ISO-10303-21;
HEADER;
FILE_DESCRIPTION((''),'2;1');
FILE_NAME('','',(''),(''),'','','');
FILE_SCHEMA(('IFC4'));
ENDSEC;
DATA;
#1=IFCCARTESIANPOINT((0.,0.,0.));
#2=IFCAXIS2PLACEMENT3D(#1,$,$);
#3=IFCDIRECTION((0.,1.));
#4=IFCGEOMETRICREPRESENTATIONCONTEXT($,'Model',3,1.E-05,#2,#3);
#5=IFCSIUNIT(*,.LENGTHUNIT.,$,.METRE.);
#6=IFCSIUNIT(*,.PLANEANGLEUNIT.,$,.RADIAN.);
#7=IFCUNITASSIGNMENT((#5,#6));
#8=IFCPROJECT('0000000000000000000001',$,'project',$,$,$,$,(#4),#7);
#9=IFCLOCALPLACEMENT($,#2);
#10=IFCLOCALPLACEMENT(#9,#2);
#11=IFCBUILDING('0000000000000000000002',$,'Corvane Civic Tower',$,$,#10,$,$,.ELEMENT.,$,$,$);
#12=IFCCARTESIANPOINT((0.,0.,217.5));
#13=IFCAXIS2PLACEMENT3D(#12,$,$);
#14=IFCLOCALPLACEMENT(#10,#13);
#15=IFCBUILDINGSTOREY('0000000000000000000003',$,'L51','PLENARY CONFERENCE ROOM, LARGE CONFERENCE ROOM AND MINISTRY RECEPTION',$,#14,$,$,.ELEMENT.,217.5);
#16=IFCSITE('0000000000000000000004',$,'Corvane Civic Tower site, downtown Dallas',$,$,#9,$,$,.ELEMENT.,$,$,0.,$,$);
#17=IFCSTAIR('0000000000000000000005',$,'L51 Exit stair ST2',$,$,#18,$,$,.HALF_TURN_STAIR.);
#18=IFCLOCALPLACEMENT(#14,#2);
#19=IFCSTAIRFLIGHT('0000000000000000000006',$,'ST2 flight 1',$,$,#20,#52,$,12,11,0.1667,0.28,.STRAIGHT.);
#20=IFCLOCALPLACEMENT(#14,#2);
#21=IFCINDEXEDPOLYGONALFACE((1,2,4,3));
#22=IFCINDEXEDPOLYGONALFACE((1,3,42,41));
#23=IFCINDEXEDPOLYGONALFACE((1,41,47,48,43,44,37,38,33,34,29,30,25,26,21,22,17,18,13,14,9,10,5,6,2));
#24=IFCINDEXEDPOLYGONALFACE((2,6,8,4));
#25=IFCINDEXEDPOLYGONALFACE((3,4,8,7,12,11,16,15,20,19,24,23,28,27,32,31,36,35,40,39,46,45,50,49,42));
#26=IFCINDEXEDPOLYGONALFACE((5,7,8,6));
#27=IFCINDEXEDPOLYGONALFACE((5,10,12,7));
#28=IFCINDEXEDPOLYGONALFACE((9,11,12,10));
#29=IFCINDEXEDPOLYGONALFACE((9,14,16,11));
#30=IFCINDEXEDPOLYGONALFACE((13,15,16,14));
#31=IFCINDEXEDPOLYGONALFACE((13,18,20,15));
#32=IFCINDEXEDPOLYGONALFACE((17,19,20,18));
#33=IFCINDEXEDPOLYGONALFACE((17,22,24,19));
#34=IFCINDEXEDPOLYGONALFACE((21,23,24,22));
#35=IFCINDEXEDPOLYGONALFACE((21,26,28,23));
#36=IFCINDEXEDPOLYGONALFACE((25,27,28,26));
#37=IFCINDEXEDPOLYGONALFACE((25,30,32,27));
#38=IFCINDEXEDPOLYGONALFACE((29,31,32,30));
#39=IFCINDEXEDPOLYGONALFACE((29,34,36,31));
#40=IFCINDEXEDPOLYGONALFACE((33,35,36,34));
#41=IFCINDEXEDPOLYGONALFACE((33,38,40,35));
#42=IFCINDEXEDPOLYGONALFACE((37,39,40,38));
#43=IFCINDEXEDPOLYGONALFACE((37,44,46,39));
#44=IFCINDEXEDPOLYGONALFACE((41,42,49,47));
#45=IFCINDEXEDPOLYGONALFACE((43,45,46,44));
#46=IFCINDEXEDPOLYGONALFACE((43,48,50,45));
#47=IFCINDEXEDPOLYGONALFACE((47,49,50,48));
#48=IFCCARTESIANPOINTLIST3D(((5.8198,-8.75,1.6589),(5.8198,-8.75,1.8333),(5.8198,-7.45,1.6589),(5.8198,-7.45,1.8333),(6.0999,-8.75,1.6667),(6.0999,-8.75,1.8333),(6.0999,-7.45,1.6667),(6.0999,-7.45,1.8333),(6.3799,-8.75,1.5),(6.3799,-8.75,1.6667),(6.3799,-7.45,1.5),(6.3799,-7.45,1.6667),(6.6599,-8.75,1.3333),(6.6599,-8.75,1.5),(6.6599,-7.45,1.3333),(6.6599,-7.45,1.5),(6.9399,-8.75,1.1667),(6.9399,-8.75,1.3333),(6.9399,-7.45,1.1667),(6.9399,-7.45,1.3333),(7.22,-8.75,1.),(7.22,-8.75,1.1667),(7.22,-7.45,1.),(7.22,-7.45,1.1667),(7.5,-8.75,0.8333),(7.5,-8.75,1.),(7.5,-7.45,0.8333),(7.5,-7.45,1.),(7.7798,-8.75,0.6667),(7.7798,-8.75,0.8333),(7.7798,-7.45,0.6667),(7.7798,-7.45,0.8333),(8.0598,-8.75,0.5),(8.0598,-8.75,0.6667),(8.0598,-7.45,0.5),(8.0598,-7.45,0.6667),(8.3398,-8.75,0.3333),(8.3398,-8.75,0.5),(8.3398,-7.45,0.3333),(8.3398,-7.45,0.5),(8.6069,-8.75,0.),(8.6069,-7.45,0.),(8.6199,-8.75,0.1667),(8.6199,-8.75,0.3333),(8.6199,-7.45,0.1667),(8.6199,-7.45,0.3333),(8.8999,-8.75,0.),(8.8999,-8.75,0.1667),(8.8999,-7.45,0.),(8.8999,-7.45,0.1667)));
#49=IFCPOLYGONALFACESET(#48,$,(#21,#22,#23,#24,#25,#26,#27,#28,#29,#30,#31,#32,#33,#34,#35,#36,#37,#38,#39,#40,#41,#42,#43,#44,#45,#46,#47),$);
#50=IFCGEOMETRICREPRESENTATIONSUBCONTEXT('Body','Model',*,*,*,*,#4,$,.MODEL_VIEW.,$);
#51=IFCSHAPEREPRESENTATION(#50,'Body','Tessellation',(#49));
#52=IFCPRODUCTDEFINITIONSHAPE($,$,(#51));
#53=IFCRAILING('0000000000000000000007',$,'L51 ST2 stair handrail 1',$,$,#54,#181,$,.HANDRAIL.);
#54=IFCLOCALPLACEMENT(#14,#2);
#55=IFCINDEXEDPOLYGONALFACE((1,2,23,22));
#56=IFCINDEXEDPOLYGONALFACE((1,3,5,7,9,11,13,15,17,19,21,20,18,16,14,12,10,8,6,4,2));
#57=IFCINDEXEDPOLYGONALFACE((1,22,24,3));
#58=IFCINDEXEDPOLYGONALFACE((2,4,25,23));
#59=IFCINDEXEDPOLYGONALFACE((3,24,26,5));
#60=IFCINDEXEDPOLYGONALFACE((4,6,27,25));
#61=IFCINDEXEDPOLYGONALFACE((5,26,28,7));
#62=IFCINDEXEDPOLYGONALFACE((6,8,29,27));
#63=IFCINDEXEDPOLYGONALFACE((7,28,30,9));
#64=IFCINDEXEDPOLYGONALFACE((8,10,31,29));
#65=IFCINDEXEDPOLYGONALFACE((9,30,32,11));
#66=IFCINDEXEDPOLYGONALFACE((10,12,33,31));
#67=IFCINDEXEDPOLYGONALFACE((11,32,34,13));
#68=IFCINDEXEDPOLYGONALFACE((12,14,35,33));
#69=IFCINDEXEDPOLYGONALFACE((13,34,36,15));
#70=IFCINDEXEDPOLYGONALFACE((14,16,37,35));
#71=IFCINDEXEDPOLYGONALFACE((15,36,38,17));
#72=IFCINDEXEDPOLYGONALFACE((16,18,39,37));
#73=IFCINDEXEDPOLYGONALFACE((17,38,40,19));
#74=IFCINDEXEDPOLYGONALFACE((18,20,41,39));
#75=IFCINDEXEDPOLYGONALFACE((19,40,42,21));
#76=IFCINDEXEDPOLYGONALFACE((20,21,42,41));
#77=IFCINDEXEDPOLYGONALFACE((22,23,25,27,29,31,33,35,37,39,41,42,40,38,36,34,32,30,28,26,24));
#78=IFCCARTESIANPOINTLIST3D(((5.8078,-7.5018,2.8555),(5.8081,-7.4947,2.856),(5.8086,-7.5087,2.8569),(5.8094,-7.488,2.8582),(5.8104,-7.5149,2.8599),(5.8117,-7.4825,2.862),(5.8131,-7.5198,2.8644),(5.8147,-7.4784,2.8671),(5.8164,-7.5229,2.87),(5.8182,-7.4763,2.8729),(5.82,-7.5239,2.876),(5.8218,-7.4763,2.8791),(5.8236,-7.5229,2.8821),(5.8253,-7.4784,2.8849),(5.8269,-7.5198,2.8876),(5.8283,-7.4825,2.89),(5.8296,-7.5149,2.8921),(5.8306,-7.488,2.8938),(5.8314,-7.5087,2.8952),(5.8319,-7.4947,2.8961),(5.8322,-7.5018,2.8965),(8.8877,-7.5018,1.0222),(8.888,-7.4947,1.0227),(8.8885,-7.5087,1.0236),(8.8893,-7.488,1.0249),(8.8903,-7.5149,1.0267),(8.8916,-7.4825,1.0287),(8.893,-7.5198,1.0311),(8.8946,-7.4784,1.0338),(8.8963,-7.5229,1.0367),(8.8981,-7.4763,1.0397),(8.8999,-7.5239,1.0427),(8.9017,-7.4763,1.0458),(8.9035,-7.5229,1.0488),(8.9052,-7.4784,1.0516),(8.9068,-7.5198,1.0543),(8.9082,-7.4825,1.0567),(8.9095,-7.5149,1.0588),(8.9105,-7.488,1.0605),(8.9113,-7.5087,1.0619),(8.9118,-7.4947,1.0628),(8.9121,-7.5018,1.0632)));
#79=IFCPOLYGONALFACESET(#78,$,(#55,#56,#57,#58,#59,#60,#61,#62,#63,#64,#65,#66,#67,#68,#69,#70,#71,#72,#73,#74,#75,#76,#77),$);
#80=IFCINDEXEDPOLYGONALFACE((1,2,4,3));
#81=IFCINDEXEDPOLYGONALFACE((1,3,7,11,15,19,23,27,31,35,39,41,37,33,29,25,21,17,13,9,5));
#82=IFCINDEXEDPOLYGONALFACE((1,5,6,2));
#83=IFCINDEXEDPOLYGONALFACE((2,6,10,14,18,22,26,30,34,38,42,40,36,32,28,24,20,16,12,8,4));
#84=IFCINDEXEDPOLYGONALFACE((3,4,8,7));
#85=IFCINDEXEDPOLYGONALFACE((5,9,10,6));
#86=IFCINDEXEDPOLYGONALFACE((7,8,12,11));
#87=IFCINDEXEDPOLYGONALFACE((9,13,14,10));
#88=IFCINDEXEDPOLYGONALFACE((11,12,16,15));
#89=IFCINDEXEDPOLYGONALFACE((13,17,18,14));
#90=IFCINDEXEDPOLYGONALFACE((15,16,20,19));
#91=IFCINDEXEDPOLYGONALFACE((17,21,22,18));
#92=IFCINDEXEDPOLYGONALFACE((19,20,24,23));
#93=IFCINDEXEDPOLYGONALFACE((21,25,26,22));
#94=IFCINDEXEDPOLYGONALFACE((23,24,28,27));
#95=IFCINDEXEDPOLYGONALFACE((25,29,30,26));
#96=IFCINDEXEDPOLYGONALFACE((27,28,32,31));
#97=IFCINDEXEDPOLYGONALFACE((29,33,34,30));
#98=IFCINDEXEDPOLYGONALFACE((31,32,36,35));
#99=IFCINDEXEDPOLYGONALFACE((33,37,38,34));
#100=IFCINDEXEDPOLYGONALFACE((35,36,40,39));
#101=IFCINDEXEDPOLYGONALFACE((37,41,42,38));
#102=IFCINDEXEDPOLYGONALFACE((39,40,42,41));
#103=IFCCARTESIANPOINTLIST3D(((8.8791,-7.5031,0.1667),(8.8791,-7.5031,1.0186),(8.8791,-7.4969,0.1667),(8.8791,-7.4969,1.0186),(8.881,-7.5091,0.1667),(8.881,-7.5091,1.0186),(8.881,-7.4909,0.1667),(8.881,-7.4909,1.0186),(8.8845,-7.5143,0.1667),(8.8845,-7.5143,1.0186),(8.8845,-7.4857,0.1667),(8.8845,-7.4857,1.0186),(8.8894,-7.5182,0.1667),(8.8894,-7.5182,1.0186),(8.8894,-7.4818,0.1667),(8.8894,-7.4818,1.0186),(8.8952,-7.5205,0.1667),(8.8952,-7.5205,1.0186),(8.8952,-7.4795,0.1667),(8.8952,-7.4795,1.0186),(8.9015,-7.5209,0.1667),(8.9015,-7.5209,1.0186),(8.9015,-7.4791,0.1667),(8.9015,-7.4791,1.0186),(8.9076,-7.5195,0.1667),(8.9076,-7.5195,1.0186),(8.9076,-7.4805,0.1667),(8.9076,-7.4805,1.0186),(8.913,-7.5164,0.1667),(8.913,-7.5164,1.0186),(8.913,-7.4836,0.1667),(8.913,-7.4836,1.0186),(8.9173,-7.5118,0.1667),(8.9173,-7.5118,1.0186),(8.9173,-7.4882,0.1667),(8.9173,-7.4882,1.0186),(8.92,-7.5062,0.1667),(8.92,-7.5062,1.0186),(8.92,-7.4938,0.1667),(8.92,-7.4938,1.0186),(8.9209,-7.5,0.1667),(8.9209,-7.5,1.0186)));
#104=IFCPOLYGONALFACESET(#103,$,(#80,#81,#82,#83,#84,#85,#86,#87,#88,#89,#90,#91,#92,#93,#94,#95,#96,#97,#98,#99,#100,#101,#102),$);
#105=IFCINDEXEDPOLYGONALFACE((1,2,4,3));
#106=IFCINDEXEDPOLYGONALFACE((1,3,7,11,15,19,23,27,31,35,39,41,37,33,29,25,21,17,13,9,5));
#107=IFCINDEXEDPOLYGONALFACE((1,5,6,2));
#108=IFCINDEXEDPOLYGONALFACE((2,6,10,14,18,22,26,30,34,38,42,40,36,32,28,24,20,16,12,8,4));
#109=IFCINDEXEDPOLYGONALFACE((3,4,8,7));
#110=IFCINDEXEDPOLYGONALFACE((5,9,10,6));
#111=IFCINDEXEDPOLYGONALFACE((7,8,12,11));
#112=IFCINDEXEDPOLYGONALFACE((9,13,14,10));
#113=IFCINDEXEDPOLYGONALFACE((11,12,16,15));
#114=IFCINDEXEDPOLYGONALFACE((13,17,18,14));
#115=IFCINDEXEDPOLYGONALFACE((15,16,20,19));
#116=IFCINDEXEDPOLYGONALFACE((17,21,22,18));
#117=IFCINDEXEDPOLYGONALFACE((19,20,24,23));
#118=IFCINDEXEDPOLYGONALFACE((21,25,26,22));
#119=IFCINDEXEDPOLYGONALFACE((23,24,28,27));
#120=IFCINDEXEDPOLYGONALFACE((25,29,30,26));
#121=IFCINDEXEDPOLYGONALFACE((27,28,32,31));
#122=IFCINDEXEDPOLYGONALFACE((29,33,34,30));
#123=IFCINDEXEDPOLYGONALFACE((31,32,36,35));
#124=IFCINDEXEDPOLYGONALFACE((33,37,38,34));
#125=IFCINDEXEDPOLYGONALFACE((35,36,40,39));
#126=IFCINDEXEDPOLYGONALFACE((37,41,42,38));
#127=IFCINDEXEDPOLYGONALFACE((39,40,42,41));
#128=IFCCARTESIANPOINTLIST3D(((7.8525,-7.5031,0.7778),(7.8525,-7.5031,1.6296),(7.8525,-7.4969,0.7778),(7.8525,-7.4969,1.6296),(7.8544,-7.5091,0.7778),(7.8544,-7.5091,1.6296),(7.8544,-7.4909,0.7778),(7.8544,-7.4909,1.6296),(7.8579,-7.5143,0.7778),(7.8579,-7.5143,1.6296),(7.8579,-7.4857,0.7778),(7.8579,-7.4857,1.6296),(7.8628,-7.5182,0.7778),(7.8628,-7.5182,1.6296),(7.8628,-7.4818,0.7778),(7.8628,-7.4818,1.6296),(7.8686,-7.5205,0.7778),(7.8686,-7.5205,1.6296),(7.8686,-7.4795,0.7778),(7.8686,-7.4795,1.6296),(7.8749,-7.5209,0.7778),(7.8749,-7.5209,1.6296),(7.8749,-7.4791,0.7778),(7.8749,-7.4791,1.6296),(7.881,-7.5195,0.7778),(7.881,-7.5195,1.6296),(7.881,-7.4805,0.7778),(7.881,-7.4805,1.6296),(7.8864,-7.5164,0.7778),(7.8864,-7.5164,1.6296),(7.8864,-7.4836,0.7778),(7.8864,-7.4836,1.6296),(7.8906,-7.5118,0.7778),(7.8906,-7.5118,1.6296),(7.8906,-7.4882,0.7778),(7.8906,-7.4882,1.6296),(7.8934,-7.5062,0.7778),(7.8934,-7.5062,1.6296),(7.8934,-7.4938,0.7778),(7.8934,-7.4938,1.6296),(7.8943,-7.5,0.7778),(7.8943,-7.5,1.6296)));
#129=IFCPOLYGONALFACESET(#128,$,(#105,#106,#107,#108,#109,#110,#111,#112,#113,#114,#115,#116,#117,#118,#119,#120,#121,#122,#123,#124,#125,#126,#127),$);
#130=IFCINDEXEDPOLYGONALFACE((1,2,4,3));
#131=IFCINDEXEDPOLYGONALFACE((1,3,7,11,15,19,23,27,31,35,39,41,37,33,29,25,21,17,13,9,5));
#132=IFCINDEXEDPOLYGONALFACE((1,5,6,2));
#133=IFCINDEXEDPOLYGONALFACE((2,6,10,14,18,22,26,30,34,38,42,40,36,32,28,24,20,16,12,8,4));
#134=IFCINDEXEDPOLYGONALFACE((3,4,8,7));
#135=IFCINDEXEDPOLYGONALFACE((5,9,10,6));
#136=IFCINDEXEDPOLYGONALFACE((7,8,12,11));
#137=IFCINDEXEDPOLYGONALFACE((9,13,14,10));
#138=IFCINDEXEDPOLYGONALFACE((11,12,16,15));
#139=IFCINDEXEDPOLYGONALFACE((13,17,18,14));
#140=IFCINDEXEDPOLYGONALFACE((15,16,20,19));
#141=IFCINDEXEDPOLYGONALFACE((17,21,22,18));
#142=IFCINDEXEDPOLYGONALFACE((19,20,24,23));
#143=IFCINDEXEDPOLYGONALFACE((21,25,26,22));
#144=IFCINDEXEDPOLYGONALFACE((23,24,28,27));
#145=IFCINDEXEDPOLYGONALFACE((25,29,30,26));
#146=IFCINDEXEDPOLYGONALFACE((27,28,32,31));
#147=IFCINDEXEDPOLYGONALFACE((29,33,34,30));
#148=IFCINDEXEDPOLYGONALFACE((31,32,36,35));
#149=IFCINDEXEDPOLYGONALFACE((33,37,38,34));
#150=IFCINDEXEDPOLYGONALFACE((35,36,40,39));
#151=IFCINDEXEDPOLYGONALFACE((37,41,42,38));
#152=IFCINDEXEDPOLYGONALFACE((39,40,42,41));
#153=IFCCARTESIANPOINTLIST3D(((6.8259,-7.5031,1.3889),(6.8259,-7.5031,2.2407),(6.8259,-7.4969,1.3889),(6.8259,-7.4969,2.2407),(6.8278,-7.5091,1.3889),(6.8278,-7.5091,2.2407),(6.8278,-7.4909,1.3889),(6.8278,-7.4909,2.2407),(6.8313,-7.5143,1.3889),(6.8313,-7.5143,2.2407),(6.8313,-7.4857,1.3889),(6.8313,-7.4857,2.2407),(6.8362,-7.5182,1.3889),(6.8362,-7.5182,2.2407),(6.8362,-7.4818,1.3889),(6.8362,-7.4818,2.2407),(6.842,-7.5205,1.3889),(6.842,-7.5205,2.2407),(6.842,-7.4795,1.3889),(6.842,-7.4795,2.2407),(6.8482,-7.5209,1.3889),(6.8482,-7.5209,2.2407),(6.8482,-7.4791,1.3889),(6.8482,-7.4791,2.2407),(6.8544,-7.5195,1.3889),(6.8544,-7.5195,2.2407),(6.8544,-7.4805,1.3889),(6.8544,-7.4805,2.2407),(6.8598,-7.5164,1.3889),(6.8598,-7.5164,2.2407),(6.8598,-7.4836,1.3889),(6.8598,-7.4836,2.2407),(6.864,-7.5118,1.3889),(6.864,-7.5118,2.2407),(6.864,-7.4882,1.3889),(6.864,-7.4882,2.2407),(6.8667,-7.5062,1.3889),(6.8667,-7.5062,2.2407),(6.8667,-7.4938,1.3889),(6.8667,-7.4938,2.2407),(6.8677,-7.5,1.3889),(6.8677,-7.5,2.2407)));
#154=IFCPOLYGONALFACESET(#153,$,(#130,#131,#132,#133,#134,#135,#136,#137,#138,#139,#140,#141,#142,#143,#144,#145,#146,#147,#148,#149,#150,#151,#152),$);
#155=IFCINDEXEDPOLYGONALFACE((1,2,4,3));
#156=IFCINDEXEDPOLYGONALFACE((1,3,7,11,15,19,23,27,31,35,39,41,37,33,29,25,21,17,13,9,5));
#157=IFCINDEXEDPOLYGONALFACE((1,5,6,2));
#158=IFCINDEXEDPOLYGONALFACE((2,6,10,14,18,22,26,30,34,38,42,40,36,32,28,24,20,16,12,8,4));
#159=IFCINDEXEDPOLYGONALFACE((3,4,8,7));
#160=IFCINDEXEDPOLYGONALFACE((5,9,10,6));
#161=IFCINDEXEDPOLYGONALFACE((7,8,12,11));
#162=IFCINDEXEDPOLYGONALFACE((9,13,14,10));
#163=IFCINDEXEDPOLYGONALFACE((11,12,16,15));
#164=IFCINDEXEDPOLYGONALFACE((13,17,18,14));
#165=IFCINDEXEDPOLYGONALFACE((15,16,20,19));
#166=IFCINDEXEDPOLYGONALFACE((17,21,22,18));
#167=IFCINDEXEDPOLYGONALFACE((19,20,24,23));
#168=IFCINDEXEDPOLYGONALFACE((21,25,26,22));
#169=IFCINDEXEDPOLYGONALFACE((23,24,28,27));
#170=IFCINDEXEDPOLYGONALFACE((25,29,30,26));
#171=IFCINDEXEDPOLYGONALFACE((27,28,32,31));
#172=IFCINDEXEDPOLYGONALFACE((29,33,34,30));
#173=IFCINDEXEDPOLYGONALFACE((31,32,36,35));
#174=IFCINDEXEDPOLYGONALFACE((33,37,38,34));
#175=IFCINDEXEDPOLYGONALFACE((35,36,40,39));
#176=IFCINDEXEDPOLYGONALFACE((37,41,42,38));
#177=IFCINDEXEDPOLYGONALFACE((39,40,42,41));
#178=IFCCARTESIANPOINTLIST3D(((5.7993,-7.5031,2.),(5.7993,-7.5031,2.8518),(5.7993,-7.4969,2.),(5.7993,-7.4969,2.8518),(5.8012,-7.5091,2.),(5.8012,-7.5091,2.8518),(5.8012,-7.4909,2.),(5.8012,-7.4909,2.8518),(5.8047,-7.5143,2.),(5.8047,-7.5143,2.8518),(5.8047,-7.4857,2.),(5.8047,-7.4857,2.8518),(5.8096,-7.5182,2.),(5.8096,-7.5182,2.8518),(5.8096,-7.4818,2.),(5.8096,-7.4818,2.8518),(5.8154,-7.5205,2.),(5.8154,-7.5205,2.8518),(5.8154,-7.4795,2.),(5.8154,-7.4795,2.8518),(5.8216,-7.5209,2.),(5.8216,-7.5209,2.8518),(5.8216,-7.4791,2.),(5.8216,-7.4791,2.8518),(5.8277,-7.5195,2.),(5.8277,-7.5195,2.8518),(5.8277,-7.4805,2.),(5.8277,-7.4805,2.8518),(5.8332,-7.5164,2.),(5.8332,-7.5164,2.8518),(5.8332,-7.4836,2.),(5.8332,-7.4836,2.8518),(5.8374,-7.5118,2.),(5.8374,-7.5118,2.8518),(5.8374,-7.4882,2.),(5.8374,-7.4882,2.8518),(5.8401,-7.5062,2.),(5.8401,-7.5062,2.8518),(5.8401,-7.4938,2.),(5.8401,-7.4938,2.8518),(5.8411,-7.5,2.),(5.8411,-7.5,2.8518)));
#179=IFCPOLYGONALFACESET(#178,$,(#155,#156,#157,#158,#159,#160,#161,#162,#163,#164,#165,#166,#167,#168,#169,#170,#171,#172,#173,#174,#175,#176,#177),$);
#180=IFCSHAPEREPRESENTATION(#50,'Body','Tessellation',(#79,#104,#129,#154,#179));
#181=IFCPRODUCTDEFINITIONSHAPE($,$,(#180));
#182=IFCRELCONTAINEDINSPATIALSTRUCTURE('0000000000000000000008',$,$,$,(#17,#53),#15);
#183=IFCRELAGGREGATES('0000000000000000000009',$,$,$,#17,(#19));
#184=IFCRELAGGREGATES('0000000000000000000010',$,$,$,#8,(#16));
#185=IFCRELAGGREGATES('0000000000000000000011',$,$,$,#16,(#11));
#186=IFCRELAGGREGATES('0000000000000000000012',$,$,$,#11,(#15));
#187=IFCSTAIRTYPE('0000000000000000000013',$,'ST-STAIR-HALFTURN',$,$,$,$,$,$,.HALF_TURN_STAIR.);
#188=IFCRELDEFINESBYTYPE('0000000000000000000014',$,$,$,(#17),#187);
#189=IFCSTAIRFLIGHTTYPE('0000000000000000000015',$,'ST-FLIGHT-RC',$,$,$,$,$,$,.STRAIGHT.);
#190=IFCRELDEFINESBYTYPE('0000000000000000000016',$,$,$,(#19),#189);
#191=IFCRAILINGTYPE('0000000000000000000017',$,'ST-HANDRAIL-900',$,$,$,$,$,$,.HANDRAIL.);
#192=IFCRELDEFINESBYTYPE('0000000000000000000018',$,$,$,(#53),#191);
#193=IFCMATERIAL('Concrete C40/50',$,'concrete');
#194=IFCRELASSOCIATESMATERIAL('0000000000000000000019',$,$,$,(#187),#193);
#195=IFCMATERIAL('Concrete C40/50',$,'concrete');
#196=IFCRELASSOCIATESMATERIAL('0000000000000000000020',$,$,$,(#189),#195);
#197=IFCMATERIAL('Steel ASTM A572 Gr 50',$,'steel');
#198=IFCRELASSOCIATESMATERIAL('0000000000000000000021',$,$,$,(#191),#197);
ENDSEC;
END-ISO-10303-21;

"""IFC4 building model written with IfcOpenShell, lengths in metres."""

from ifc_helpers import new_model, si_unit, direction, frame, origin, origin_2d, place, context, subcontext, project, spatial, polyline, circle, outline, extrude, material, type_object, element, aggregate, save


model = new_model("IFC4")

# Units and contexts
model_context = context("Model", 3, precision=1e-05, world=origin(), true_north=direction((0.0, 1.0)))
body_context = subcontext(model_context, "Body", "Model", "MODEL_VIEW")
ifc_project = project(units=[si_unit("LENGTHUNIT", "METRE"), si_unit("PLANEANGLEUNIT", "RADIAN")], contexts=[model_context])

# Site, building, storey
site_placement = place(None, origin())
site = spatial("IfcSite", under=ifc_project, at=site_placement, Name="Corvane Civic Tower site, downtown Dallas", CompositionType="ELEMENT", RefElevation=0.0)
building_placement = place(site_placement, origin())
building = spatial("IfcBuilding", under=site, at=building_placement, Name="Corvane Civic Tower", CompositionType="ELEMENT")
storey_placement = place(building_placement, frame((0.0, 0.0, 217.5)))
storey = spatial("IfcBuildingStorey", under=building, at=storey_placement, Name="L51", Description="PLENARY CONFERENCE ROOM, LARGE CONFERENCE ROOM AND MINISTRY RECEPTION", CompositionType="ELEMENT", Elevation=217.5)

# Stair, stair flight
ifc_material_1 = material(Name="Concrete C40/50", Category="concrete")
stair_type = type_object("IfcStairType", Name="ST-STAIR-HALFTURN", PredefinedType="HALF_TURN_STAIR", material=ifc_material_1)
stair_placement = place(storey_placement, origin())
stair = element("IfcStair", 1, at=stair_placement, inside=storey, type_object=stair_type, Name="L51 Exit stair ST2", PredefinedType="HALF_TURN_STAIR")
ifc_material_2 = material(Name="Concrete C40/50", Category="concrete")
stair_flight_type = type_object("IfcStairFlightType", Name="ST-FLIGHT-RC", PredefinedType="STRAIGHT", material=ifc_material_2)
stair_flight_placement = place(storey_placement, frame((8.8999, -8.1001, 0.0), z_axis=(0.0, 0.0, 1.0), x_axis=(-1.0, 0.0, 0.0)))
stair_flight = element("IfcStairFlight", 2, at=stair_flight_placement, type_object=stair_flight_type, Name="ST2 flight 1", NumberOfRisers=12, NumberOfTreads=11, PredefinedType="STRAIGHT", RiserHeight=0.1667, TreadLength=0.28, context=body_context, shape_type="SweptSolid", body=[
    extrude(outline(polyline([(0.0, 0.0), (0.0, 0.1667), (0.28, 0.1667), (0.28, 0.3333), (0.5601, 0.3333), (0.5601, 0.5), (0.8401, 0.5), (0.8401, 0.6667), (1.1201, 0.6667), (1.1201, 0.8333), (1.3999, 0.8333), (1.3999, 1.0), (1.6799, 1.0), (1.6799, 1.1667), (1.96, 1.1667), (1.96, 1.3333), (2.24, 1.3333), (2.24, 1.5), (2.52, 1.5), (2.52, 1.6667), (2.8, 1.6667), (2.8, 1.8333), (3.0801, 1.8333), (3.0801, 2.0), (3.0801, 1.6589), (0.293, 0.0), (0.0, 0.0)])), frame((0.0, 0.6499, 0.0), z_axis=(0.0, -1.0, 0.0), x_axis=(1.0, 0.0, 0.0)), (0.0, 0.0, 1.0), 1.3),
])
aggregate(stair, [stair_flight])

# Railing
ifc_material_3 = material(Name="Steel ASTM A572 Gr 50", Category="steel")
railing_type = type_object("IfcRailingType", Name="ST-HANDRAIL-900", PredefinedType="HANDRAIL", material=ifc_material_3)
railing_placement = place(storey_placement, frame((8.8999, -7.5, 0.1667)))
element("IfcRailing", 3, at=railing_placement, inside=storey, type_object=railing_type, Name="L51 ST2 stair handrail 1", PredefinedType="HANDRAIL", context=body_context, shape_type="SweptSolid", body=[
    extrude(circle(Radius=0.0239, at=origin_2d()), frame((0.0, 0.0, 0.876), z_axis=(-0.859291, 0.0, 0.511487), x_axis=(0.0, -1.0, 0.0)), (0.0, 0.0, 1.0), 3.5842),
    extrude(circle(Radius=0.021, at=origin_2d()), origin(), (0.0, 0.0, 1.0), 0.8518),
    extrude(circle(Radius=0.021, at=origin_2d()), frame((-1.0266, 0.0, 0.6111)), (0.0, 0.0, 1.0), 0.8518),
    extrude(circle(Radius=0.021, at=origin_2d()), frame((-2.0532, 0.0, 1.2222)), (0.0, 0.0, 1.0), 0.8518),
    extrude(circle(Radius=0.021, at=origin_2d()), frame((-3.0798, 0.0, 1.8333)), (0.0, 0.0, 1.0), 0.8518),
])

save(model, "model.ifc")
